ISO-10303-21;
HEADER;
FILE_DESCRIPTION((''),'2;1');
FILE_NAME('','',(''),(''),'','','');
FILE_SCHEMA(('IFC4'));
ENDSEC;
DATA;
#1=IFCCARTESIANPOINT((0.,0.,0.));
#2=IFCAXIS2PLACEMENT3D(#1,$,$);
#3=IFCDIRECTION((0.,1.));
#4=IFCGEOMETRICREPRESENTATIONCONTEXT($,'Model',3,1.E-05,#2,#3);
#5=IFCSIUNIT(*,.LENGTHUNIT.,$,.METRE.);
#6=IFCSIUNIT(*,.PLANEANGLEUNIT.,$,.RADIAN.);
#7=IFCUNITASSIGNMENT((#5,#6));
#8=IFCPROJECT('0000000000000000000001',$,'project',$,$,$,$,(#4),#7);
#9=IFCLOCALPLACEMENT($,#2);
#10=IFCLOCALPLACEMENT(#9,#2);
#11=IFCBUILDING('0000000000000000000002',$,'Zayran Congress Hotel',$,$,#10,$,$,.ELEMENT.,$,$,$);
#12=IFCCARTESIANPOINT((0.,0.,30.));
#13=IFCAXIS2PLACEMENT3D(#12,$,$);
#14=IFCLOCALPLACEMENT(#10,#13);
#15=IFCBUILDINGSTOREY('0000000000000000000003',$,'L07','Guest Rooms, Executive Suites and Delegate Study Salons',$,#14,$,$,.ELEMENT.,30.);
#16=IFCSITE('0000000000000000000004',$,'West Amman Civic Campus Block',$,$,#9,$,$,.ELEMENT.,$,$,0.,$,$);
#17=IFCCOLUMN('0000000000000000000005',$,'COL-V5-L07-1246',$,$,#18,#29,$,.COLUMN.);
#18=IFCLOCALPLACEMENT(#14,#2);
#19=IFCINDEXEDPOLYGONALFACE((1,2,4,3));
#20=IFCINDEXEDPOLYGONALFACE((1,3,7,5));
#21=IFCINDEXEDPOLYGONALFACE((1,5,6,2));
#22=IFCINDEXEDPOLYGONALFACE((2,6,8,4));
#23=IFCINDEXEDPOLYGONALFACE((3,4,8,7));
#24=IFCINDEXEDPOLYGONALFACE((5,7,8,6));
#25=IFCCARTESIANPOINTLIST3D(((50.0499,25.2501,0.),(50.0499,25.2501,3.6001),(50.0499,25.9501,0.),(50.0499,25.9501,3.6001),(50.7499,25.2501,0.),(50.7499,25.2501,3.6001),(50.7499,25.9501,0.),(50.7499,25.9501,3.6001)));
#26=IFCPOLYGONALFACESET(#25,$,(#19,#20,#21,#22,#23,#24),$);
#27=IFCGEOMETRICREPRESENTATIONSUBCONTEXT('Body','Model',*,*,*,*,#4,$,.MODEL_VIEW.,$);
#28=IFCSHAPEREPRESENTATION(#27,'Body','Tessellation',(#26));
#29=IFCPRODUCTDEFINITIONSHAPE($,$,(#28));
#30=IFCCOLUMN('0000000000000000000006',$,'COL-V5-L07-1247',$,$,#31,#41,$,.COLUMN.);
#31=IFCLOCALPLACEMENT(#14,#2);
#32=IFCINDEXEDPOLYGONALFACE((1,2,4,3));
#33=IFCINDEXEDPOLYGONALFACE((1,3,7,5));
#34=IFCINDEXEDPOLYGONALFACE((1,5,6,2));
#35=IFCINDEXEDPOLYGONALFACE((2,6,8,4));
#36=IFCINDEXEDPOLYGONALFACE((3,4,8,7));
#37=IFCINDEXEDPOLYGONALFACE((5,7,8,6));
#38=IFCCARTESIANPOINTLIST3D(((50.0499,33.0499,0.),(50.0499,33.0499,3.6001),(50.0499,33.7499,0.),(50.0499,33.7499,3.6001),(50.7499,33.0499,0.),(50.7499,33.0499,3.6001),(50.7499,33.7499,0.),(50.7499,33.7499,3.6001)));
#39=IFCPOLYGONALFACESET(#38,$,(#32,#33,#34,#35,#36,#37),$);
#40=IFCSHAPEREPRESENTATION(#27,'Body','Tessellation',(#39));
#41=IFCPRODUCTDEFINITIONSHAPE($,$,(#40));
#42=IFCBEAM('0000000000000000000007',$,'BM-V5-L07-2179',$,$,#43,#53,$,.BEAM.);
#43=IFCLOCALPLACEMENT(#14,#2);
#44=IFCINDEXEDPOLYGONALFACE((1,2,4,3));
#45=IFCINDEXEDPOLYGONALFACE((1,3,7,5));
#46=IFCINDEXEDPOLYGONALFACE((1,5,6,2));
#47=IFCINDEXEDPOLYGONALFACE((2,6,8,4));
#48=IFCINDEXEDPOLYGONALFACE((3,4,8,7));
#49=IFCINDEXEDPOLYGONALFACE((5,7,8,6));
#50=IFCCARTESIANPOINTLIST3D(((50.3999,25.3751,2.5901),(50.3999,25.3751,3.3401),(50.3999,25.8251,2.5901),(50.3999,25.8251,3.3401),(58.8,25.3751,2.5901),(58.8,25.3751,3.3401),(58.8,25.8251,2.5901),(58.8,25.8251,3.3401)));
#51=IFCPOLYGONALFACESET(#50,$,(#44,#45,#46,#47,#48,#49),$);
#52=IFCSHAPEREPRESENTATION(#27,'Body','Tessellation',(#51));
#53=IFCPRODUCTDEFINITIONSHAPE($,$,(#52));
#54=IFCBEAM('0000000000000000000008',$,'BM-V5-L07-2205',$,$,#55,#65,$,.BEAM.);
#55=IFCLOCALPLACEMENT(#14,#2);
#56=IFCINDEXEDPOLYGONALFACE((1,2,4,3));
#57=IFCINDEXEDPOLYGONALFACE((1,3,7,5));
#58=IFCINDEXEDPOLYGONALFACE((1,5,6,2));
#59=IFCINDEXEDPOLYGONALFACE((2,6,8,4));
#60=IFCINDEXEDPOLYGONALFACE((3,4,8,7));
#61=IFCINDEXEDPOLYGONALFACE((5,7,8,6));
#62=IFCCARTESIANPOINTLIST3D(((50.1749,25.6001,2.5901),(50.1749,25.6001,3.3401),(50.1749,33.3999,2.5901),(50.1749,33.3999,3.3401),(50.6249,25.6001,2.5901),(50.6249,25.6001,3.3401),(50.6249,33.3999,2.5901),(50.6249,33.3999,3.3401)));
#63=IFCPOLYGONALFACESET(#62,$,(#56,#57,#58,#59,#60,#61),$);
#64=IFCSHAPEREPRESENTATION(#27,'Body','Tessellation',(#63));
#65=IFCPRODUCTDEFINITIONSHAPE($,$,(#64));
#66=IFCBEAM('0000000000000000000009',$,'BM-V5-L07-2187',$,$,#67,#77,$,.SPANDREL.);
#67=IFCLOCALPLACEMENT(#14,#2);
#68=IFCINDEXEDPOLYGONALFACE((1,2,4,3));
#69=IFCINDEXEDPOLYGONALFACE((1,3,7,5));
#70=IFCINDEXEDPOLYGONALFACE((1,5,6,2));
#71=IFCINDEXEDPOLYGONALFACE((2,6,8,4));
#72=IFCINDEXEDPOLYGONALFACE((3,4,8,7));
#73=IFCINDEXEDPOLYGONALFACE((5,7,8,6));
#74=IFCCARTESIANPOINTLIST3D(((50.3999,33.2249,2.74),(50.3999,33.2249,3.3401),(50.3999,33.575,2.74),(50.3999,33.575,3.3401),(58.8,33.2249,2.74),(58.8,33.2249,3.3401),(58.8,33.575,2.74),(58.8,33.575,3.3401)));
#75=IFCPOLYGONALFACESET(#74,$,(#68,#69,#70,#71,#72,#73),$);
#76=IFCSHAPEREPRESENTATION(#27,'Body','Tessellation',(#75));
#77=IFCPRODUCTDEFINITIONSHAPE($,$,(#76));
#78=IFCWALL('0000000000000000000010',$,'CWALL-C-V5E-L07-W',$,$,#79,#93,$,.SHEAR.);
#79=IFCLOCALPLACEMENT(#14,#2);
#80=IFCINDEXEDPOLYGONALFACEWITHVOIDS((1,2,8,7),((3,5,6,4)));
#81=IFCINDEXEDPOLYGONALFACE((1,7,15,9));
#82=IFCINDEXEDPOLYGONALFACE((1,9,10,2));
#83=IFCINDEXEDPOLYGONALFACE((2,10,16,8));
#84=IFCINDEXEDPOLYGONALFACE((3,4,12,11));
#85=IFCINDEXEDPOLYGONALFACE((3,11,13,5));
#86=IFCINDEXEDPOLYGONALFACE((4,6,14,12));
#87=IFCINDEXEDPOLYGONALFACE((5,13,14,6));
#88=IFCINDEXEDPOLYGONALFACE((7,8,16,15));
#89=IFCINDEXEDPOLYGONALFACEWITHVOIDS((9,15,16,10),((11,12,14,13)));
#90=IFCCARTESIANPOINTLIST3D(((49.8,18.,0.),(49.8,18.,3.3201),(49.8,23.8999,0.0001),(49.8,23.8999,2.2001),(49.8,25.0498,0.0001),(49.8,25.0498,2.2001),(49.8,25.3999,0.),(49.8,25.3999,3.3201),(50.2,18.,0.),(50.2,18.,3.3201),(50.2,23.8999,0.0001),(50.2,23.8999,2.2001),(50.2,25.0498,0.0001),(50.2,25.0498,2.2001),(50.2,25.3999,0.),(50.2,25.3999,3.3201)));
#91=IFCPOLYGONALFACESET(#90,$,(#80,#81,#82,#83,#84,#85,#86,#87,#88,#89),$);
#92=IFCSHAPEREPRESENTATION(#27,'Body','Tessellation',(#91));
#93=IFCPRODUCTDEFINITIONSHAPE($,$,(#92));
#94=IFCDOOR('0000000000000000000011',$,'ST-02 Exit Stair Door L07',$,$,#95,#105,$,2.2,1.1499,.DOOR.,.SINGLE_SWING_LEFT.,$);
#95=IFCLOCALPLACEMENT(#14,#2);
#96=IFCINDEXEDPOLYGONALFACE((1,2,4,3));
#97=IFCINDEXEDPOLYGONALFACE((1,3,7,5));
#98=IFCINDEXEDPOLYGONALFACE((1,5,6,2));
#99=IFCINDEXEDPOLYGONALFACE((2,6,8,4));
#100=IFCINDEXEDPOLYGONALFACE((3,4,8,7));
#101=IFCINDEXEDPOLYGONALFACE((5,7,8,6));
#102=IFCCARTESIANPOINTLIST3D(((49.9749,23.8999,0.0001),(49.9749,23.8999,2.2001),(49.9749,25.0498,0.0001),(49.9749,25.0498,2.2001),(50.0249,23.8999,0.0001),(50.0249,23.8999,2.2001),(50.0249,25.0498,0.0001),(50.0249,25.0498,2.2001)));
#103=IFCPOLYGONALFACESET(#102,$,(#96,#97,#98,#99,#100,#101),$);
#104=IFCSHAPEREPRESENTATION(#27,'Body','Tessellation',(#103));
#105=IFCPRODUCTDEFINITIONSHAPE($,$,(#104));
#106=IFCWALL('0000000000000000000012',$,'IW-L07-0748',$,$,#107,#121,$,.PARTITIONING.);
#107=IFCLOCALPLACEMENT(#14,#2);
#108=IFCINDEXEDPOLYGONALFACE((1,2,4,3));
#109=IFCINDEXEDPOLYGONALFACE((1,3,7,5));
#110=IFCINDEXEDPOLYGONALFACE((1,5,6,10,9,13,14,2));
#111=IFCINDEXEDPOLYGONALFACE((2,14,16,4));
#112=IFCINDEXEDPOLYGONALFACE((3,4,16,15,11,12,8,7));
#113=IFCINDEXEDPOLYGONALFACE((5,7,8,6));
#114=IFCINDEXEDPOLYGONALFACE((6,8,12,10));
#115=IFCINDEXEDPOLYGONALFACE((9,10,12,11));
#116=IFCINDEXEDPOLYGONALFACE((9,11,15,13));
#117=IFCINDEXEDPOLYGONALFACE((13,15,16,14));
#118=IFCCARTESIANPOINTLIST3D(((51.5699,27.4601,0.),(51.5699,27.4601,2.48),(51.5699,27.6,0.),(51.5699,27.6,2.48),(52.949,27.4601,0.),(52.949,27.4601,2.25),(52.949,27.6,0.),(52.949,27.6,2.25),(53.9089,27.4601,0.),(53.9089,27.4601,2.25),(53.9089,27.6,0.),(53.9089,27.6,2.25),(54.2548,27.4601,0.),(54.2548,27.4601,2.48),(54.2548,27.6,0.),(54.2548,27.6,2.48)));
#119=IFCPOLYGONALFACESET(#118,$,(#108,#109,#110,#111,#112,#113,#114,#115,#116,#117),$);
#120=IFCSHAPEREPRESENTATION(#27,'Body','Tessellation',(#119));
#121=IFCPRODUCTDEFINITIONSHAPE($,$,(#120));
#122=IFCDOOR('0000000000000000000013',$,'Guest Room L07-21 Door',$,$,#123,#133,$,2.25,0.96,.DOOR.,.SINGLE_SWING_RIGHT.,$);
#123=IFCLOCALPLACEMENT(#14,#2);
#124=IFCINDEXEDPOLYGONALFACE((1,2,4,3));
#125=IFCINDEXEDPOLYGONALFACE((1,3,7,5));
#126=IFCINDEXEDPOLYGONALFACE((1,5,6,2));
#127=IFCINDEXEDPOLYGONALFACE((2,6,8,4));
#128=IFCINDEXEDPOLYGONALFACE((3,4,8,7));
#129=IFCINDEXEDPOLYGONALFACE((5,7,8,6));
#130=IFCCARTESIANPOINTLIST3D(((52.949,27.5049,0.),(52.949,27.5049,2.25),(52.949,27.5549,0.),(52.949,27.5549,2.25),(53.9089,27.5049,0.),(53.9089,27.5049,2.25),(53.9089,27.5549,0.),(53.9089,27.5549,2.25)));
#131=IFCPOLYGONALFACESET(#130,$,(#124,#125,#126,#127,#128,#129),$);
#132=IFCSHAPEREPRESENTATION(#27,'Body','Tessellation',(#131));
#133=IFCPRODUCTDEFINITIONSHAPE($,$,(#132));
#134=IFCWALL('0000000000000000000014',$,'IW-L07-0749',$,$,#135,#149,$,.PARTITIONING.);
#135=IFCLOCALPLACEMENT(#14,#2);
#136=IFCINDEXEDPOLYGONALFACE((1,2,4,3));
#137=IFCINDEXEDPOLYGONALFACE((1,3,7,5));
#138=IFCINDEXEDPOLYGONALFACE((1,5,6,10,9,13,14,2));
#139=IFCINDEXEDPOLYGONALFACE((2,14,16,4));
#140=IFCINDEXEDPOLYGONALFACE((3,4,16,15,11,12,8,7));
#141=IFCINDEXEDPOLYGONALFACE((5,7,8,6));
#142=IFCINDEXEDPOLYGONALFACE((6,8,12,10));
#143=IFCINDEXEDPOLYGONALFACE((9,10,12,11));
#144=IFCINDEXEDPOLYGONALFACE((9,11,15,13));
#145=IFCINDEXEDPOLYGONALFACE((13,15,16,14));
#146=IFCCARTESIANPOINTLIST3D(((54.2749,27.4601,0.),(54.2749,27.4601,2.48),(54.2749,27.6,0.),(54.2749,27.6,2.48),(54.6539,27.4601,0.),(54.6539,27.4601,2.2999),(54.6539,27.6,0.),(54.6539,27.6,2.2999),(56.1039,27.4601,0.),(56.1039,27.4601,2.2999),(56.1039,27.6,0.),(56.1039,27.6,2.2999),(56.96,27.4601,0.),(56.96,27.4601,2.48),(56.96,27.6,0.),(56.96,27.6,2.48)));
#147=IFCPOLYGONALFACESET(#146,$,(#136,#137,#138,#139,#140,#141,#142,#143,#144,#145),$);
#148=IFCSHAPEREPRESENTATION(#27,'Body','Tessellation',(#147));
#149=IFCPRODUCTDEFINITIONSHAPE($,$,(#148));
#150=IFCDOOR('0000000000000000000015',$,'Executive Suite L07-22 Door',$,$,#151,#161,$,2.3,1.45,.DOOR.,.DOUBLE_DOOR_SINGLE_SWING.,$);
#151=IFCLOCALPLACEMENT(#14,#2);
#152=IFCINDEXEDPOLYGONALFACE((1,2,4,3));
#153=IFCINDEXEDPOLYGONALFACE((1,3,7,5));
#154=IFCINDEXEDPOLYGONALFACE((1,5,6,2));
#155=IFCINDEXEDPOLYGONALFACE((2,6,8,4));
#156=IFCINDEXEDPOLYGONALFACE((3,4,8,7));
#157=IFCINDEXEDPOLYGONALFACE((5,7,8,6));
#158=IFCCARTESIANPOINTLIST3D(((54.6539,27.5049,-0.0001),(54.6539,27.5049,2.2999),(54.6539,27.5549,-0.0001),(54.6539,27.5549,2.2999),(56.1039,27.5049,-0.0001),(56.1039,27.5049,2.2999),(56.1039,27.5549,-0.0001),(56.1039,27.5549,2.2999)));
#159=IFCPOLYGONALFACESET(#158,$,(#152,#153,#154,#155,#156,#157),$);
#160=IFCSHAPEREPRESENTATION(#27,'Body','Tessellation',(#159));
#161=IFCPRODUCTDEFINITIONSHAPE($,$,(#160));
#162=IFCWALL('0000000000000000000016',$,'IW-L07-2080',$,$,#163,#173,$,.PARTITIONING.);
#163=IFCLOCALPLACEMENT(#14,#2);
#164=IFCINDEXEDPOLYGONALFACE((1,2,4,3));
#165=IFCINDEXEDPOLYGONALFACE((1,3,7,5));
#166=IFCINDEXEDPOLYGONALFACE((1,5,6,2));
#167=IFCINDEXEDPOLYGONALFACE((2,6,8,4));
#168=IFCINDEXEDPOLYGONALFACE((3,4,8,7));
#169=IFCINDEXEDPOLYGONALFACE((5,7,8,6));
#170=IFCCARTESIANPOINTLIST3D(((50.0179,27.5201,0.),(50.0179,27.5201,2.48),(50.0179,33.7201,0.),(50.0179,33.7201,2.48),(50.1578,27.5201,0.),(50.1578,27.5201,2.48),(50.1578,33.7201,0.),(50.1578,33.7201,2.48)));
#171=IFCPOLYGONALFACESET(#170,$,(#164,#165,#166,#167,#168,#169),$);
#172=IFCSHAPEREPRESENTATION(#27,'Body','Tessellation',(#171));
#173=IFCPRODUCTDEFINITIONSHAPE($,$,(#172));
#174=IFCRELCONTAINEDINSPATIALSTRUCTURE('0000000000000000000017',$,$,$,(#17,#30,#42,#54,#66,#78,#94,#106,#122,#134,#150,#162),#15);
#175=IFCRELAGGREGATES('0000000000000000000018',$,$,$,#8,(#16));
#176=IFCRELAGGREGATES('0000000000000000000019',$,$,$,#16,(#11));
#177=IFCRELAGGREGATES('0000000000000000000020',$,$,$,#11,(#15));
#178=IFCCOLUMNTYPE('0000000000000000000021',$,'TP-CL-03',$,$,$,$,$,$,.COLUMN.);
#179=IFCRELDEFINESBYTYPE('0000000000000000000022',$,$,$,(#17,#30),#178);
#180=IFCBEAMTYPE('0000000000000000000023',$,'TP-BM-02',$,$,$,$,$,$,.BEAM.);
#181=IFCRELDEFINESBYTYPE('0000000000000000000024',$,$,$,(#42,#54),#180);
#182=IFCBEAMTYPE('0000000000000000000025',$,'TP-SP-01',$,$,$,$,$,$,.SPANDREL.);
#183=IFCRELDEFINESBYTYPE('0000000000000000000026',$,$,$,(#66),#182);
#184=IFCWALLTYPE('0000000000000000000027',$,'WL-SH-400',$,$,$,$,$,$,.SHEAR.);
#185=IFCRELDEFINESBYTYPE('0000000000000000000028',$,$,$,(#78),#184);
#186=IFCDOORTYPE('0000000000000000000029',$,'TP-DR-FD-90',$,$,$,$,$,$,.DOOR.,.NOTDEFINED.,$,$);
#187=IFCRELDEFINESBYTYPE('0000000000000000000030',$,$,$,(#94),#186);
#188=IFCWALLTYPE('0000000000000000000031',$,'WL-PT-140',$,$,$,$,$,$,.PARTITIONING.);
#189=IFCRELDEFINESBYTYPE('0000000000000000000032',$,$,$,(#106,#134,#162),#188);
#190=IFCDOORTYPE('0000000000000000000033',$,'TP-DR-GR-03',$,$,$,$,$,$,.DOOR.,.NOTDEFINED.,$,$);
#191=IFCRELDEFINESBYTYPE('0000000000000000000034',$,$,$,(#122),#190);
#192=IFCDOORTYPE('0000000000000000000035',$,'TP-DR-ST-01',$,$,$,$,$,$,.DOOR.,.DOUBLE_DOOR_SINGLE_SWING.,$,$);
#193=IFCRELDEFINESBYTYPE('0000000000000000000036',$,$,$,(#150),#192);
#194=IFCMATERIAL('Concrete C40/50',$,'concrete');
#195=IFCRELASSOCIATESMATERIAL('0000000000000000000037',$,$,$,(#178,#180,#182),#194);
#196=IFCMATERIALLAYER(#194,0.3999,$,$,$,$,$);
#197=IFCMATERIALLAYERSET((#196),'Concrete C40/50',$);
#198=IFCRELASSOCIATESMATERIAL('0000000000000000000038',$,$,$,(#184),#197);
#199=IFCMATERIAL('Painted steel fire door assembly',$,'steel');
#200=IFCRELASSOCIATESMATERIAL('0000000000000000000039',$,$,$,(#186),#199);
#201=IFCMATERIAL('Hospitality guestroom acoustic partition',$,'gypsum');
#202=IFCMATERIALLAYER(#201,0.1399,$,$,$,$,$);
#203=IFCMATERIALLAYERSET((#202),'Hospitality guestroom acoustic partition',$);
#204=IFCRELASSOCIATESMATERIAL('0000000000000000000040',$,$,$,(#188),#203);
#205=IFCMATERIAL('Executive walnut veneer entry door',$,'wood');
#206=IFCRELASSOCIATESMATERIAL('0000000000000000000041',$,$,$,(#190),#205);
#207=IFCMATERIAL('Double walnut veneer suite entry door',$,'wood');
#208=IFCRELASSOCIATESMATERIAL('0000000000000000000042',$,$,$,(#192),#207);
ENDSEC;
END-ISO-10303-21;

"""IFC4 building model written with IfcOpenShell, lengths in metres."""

from ifc_helpers import new_model, si_unit, direction, frame, frame_2d, origin, origin_2d, place, context, subcontext, project, spatial, rectangle, extrude, material, layer, layer_set, material_profile, profile_set, type_object, element, fill, save


model = new_model("IFC4")

# Units and contexts
model_context = context("Model", 3, precision=1e-05, world=origin(), true_north=direction((0.0, 1.0)))
body_context = subcontext(model_context, "Body", "Model", "MODEL_VIEW")
ifc_project = project(units=[si_unit("LENGTHUNIT", "METRE"), si_unit("PLANEANGLEUNIT", "RADIAN")], contexts=[model_context])

# Site, building, storey
site_placement = place(None, origin())
site = spatial("IfcSite", under=ifc_project, at=site_placement, Name="West Amman Civic Campus Block", CompositionType="ELEMENT", RefElevation=0.0)
building_placement = place(site_placement, origin())
building = spatial("IfcBuilding", under=site, at=building_placement, Name="Zayran Congress Hotel", CompositionType="ELEMENT")
storey_placement = place(building_placement, frame((0.0, 0.0, 30.0)))
storey = spatial("IfcBuildingStorey", under=building, at=storey_placement, Name="L07", Description="Guest Rooms, Executive Suites and Delegate Study Salons", CompositionType="ELEMENT", Elevation=30.0)

# Columns
ifc_material_1 = material(Name="Concrete C40/50", Category="concrete")
ifc_material_profile_1 = material_profile(ifc_material_1, rectangle(XDim=0.7, YDim=0.7, at=origin_2d()), Name="RC 700x700")
ifc_profile_set_1 = profile_set([ifc_material_profile_1], Name="Concrete C40/50")
column_type = type_object("IfcColumnType", Name="TP-CL-03", PredefinedType="COLUMN", material=ifc_profile_set_1)
for number, where, z_axis, x_axis, name in (
    (1, (50.3999, 25.6001, 0.0), (0.0, 0.0, 1.0), (1.0, 0.0, 0.0), "COL-V5-L07-1246"),
    (2, (50.3999, 33.3999, 0.0), (0.0, 0.0, 1.0), (1.0, 0.0, 0.0), "COL-V5-L07-1247"),
):
    element("IfcColumn", number, at=place(storey_placement, frame(where, z_axis=z_axis, x_axis=x_axis)), inside=storey, type_object=column_type, Name=name, PredefinedType="COLUMN", context=body_context, shape_type="SweptSolid", body=[
        extrude(rectangle(XDim=0.7, YDim=0.7, at=origin_2d()), origin(), (0.0, 0.0, 1.0), 3.6001),
    ])

# Beams
ifc_material_profile_2 = material_profile(ifc_material_1, rectangle(XDim=0.45, YDim=0.75, at=origin_2d()), Name="RC 450x750")
ifc_profile_set_2 = profile_set([ifc_material_profile_2], Name="Concrete C40/50")
beam_type_1 = type_object("IfcBeamType", Name="TP-BM-02", PredefinedType="BEAM", material=ifc_profile_set_2)
beam_1_placement = place(storey_placement, frame((50.3999, 25.6001, 2.9651), z_axis=(1.0, 0.0, 0.0), x_axis=(0.0, 1.0, 0.0)))
element("IfcBeam", 3, at=beam_1_placement, inside=storey, type_object=beam_type_1, Name="BM-V5-L07-2179", PredefinedType="BEAM", context=body_context, shape_type="SweptSolid", body=[
    extrude(rectangle(XDim=0.45, YDim=0.75, at=origin_2d()), origin(), (0.0, 0.0, 1.0), 8.4001),
])
beam_2_placement = place(storey_placement, frame((50.3999, 25.6001, 2.9651), z_axis=(0.0, 1.0, 0.0), x_axis=(-1.0, 0.0, 0.0)))
element("IfcBeam", 4, at=beam_2_placement, inside=storey, type_object=beam_type_1, Name="BM-V5-L07-2205", PredefinedType="BEAM", context=body_context, shape_type="SweptSolid", body=[
    extrude(rectangle(XDim=0.45, YDim=0.75, at=origin_2d()), origin(), (0.0, 0.0, 1.0), 7.7998),
])
ifc_material_profile_3 = material_profile(ifc_material_1, rectangle(XDim=0.3501, YDim=0.6001, at=origin_2d()), Name="RC 350x600")
ifc_profile_set_3 = profile_set([ifc_material_profile_3], Name="Concrete C40/50")
beam_type_2 = type_object("IfcBeamType", Name="TP-SP-01", PredefinedType="SPANDREL", material=ifc_profile_set_3)
beam_3_placement = place(storey_placement, frame((50.3999, 33.3999, 3.04), z_axis=(1.0, 0.0, 0.0), x_axis=(0.0, 1.0, 0.0)))
element("IfcBeam", 5, at=beam_3_placement, inside=storey, type_object=beam_type_2, Name="BM-V5-L07-2187", PredefinedType="SPANDREL", context=body_context, shape_type="SweptSolid", body=[
    extrude(rectangle(XDim=0.3501, YDim=0.6001, at=origin_2d()), origin(), (0.0, 0.0, 1.0), 8.4001),
])

# Walls, openings, doors
ifc_layer_1 = layer(ifc_material_1, 0.3999)
ifc_layer_set_1 = layer_set([ifc_layer_1], Name="Concrete C40/50")
wall_type_1 = type_object("IfcWallType", Name="WL-SH-400", PredefinedType="SHEAR", material=ifc_layer_set_1)
wall_1_placement = place(storey_placement, frame((50.0, 25.3999, 0.0), z_axis=(0.0, 0.0, 1.0), x_axis=(0.0, -1.0, 0.0)))
wall_1 = element("IfcWall", 6, at=wall_1_placement, inside=storey, type_object=wall_type_1, Name="CWALL-C-V5E-L07-W", PredefinedType="SHEAR", context=body_context, shape_type="SweptSolid", body=[
    extrude(rectangle(XDim=7.3999, YDim=0.3999, at=frame_2d((3.7, 0.0))), origin(), (0.0, 0.0, 1.0), 3.3201),
])
opening_1_placement = place(wall_1_placement, frame((0.3501, 0.0, 0.0)))
opening_1 = element("IfcOpeningElement", 7, at=opening_1_placement, cuts=wall_1, PredefinedType="OPENING", context=body_context, shape_type="SweptSolid", body=[
    extrude(rectangle(XDim=1.1499, YDim=2.2, at=frame_2d((0.575, 1.1001))), frame((0.0, 0.21, 0.0), z_axis=(0.0, -1.0, 0.0), x_axis=(1.0, 0.0, 0.0)), (0.0, 0.0, 1.0), 0.4199),
])
ifc_material_2 = material(Name="Painted steel fire door assembly", Category="steel")
door_type_1 = type_object("IfcDoorType", Name="TP-DR-FD-90", OperationType="NOTDEFINED", PredefinedType="DOOR", material=ifc_material_2)
door_1_placement = place(opening_1_placement, origin())
door_1 = element("IfcDoor", 8, at=door_1_placement, inside=storey, type_object=door_type_1, Name="ST-02 Exit Stair Door L07", OperationType="SINGLE_SWING_LEFT", OverallHeight=2.2, OverallWidth=1.1499, PredefinedType="DOOR", context=body_context, shape_type="SweptSolid", body=[
    extrude(rectangle(XDim=1.1499, YDim=2.2, at=frame_2d((0.575, 1.1001))), frame((0.0, 0.0249, 0.0), z_axis=(0.0, -1.0, 0.0), x_axis=(1.0, 0.0, 0.0)), (0.0, 0.0, 1.0), 0.05),
])
fill(opening_1, door_1)
ifc_material_3 = material(Name="Hospitality guestroom acoustic partition", Category="gypsum")
ifc_layer_2 = layer(ifc_material_3, 0.1399)
ifc_layer_set_2 = layer_set([ifc_layer_2], Name="Hospitality guestroom acoustic partition")
wall_type_2 = type_object("IfcWallType", Name="WL-PT-140", PredefinedType="PARTITIONING", material=ifc_layer_set_2)
wall_2_placement = place(storey_placement, frame((51.5701, 27.53, 0.0), z_axis=(0.0, 0.0, 1.0), x_axis=(1.0, 0.0, 0.0)))
wall_2 = element("IfcWall", 9, at=wall_2_placement, inside=storey, type_object=wall_type_2, Name="IW-L07-0748", PredefinedType="PARTITIONING", context=body_context, shape_type="SweptSolid", body=[
    extrude(rectangle(XDim=2.6848, YDim=0.1399, at=frame_2d((1.3423, 0.0))), origin(), (0.0, 0.0, 1.0), 2.48),
])
opening_2_placement = place(wall_2_placement, frame((1.3789, 0.0, 0.0)))
opening_2 = element("IfcOpeningElement", 10, at=opening_2_placement, cuts=wall_2, PredefinedType="OPENING", context=body_context, shape_type="SweptSolid", body=[
    extrude(rectangle(XDim=0.96, YDim=2.25, at=frame_2d((0.48, 1.125))), frame((0.0, 0.0798, 0.0), z_axis=(0.0, -1.0, 0.0), x_axis=(1.0, 0.0, 0.0)), (0.0, 0.0, 1.0), 0.1599),
])
ifc_material_4 = material(Name="Executive walnut veneer entry door", Category="wood")
door_type_2 = type_object("IfcDoorType", Name="TP-DR-GR-03", OperationType="NOTDEFINED", PredefinedType="DOOR", material=ifc_material_4)
door_2_placement = place(opening_2_placement, origin())
door_2 = element("IfcDoor", 11, at=door_2_placement, inside=storey, type_object=door_type_2, Name="Guest Room L07-21 Door", OperationType="SINGLE_SWING_RIGHT", OverallHeight=2.25, OverallWidth=0.96, PredefinedType="DOOR", context=body_context, shape_type="SweptSolid", body=[
    extrude(rectangle(XDim=0.96, YDim=2.25, at=frame_2d((0.48, 1.125))), frame((0.0, 0.0249, 0.0), z_axis=(0.0, -1.0, 0.0), x_axis=(1.0, 0.0, 0.0)), (0.0, 0.0, 1.0), 0.05),
])
fill(opening_2, door_2)
wall_3_placement = place(storey_placement, frame((54.2749, 27.53, 0.0), z_axis=(0.0, 0.0, 1.0), x_axis=(1.0, 0.0, 0.0)))
wall_3 = element("IfcWall", 12, at=wall_3_placement, inside=storey, type_object=wall_type_2, Name="IW-L07-0749", PredefinedType="PARTITIONING", context=body_context, shape_type="SweptSolid", body=[
    extrude(rectangle(XDim=2.6851, YDim=0.1399, at=frame_2d((1.3425, 0.0))), origin(), (0.0, 0.0, 1.0), 2.48),
])
opening_3_placement = place(wall_3_placement, frame((0.3789, 0.0, 0.0)))
opening_3 = element("IfcOpeningElement", 13, at=opening_3_placement, cuts=wall_3, PredefinedType="OPENING", context=body_context, shape_type="SweptSolid", body=[
    extrude(rectangle(XDim=1.45, YDim=2.3, at=frame_2d((0.7251, 1.1499))), frame((0.0, 0.0798, 0.0), z_axis=(0.0, -1.0, 0.0), x_axis=(1.0, 0.0, 0.0)), (0.0, 0.0, 1.0), 0.1599),
])
ifc_material_5 = material(Name="Double walnut veneer suite entry door", Category="wood")
door_type_3 = type_object("IfcDoorType", Name="TP-DR-ST-01", OperationType="DOUBLE_DOOR_SINGLE_SWING", PredefinedType="DOOR", material=ifc_material_5)
door_3_placement = place(opening_3_placement, origin())
door_3 = element("IfcDoor", 14, at=door_3_placement, inside=storey, type_object=door_type_3, Name="Executive Suite L07-22 Door", OperationType="DOUBLE_DOOR_SINGLE_SWING", OverallHeight=2.3, OverallWidth=1.45, PredefinedType="DOOR", context=body_context, shape_type="SweptSolid", body=[
    extrude(rectangle(XDim=1.45, YDim=2.3, at=frame_2d((0.7251, 1.1499))), frame((0.0, 0.0249, 0.0), z_axis=(0.0, -1.0, 0.0), x_axis=(1.0, 0.0, 0.0)), (0.0, 0.0, 1.0), 0.05),
])
fill(opening_3, door_3)

# Wall
for number, where, z_axis, x_axis, name in (
    (15, (50.0879, 27.52, 0.0), (0.0, 0.0, 1.0), (0.0, 1.0, 0.0), "IW-L07-2080"),
):
    element("IfcWall", number, at=place(storey_placement, frame(where, z_axis=z_axis, x_axis=x_axis)), inside=storey, type_object=wall_type_2, Name=name, PredefinedType="PARTITIONING", context=body_context, shape_type="SweptSolid", body=[
        extrude(rectangle(XDim=6.2, YDim=0.1399, at=frame_2d((3.1001, 0.0))), origin(), (0.0, 0.0, 1.0), 2.48),
    ])

save(model, "model.ifc")
